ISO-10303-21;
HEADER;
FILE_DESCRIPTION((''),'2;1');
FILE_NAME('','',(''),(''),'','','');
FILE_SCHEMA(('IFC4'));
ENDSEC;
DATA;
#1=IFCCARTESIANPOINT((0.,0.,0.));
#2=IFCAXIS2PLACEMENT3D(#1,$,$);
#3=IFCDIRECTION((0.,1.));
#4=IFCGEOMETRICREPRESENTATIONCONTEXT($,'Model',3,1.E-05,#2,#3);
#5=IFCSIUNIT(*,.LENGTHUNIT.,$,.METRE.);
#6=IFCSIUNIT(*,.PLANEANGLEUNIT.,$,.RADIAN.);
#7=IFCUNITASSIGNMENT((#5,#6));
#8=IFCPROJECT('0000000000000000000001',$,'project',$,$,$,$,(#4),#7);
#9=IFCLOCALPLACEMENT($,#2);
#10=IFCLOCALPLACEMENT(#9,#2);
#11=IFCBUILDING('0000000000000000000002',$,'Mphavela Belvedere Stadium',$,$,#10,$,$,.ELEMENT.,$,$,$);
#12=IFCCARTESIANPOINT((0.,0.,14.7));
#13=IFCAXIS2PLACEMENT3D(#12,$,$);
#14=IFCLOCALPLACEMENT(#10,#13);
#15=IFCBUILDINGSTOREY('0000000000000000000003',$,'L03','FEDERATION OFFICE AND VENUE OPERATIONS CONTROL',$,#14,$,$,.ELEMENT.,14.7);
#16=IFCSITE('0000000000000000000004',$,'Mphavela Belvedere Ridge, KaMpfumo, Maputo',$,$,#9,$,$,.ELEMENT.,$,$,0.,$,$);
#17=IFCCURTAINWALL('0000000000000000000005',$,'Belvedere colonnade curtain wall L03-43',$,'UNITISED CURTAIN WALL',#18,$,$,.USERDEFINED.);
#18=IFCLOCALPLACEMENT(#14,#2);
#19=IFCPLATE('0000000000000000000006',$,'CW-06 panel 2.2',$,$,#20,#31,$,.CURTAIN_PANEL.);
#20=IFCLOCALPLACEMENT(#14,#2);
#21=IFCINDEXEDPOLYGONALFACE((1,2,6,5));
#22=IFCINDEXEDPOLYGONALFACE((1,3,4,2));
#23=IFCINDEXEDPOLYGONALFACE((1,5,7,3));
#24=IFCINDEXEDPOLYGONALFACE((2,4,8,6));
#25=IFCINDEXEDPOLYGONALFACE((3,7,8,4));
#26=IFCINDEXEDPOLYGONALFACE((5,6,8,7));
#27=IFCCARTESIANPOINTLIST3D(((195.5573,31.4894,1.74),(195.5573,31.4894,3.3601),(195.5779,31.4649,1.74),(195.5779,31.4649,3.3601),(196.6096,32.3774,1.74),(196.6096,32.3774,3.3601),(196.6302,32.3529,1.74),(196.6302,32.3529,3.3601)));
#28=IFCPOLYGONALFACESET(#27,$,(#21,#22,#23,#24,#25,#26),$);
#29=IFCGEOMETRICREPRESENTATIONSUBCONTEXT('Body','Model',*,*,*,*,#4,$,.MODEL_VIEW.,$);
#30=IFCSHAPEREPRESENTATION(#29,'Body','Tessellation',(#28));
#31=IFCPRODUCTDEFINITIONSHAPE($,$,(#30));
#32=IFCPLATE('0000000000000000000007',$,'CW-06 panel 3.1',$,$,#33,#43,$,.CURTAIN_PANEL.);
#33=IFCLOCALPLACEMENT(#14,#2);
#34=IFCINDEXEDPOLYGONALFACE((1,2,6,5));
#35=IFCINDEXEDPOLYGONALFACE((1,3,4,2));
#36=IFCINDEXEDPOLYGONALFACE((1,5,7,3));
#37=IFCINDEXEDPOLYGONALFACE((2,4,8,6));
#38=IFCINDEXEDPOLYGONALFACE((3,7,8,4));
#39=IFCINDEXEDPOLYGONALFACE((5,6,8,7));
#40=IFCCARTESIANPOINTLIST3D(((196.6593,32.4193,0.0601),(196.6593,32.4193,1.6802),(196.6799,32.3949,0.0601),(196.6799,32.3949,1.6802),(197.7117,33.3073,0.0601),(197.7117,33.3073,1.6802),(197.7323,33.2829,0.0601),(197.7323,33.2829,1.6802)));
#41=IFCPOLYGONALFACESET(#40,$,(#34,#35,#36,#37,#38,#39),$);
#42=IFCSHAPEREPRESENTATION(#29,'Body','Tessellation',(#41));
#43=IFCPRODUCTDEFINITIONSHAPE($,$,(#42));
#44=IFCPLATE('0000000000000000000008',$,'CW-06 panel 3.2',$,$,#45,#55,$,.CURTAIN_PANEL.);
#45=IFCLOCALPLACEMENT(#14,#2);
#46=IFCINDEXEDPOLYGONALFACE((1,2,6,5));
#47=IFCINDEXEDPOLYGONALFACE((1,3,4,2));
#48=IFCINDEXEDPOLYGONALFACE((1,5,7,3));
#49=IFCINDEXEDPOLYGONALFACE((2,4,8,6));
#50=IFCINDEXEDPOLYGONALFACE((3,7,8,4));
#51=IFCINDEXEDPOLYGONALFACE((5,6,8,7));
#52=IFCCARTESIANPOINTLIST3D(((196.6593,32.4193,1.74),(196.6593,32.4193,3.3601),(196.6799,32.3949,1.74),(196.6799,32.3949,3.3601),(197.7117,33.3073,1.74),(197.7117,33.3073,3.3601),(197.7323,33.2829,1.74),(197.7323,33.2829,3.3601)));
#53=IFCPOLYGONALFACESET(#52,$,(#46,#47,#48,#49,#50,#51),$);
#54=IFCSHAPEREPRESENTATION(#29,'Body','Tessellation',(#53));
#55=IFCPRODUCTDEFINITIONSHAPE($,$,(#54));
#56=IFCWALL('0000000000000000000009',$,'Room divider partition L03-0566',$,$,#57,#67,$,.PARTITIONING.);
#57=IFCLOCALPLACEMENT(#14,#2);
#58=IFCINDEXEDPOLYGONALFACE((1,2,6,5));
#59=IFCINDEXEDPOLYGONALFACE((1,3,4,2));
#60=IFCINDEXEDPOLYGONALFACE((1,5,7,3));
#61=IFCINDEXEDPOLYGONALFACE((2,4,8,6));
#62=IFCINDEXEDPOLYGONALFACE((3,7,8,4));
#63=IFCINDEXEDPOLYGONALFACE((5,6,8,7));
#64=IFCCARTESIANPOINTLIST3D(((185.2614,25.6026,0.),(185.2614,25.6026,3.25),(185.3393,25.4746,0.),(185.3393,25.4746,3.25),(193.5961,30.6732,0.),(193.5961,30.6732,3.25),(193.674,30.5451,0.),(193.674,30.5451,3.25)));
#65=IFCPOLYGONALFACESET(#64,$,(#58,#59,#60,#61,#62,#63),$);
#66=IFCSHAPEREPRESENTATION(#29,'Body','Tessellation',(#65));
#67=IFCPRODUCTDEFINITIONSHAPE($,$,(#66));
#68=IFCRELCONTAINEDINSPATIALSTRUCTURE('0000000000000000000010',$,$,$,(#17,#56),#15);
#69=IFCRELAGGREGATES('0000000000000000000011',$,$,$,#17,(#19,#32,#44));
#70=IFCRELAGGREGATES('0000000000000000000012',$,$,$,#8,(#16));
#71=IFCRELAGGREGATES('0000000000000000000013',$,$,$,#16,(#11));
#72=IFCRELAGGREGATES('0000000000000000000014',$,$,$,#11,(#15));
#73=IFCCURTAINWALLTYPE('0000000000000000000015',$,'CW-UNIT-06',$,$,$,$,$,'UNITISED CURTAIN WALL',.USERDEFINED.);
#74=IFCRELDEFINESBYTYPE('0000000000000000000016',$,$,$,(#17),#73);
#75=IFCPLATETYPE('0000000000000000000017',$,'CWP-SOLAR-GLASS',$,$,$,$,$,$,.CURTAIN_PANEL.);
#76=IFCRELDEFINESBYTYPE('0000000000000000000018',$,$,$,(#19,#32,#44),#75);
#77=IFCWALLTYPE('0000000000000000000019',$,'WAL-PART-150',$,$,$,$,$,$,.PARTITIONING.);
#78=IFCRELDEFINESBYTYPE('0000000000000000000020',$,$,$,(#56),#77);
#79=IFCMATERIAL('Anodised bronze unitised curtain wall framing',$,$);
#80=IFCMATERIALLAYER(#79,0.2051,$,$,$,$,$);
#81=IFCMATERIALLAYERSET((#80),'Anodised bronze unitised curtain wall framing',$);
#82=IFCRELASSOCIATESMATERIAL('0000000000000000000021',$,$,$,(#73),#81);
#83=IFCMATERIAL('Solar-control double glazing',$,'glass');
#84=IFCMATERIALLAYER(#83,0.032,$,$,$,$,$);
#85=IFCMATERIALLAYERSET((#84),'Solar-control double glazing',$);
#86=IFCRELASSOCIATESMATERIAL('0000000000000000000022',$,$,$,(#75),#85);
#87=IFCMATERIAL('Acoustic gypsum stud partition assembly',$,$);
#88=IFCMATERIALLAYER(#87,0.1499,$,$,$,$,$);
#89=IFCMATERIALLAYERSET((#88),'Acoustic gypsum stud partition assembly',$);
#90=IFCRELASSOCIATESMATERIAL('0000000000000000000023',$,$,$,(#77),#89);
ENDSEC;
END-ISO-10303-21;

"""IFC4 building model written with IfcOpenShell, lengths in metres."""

from ifc_helpers import new_model, si_unit, direction, frame, frame_2d, origin, origin_2d, place, context, subcontext, project, spatial, rectangle, extrude, material, layer, layer_set, type_object, element, aggregate, save


model = new_model("IFC4")

# Units and contexts
model_context = context("Model", 3, precision=1e-05, world=origin(), true_north=direction((0.0, 1.0)))
body_context = subcontext(model_context, "Body", "Model", "MODEL_VIEW")
ifc_project = project(units=[si_unit("LENGTHUNIT", "METRE"), si_unit("PLANEANGLEUNIT", "RADIAN")], contexts=[model_context])

# Site, building, storey
site_placement = place(None, origin())
site = spatial("IfcSite", under=ifc_project, at=site_placement, Name="Mphavela Belvedere Ridge, KaMpfumo, Maputo", CompositionType="ELEMENT", RefElevation=0.0)
building_placement = place(site_placement, origin())
building = spatial("IfcBuilding", under=site, at=building_placement, Name="Mphavela Belvedere Stadium", CompositionType="ELEMENT")
storey_placement = place(building_placement, frame((0.0, 0.0, 14.7)))
storey = spatial("IfcBuildingStorey", under=building, at=storey_placement, Name="L03", Description="FEDERATION OFFICE AND VENUE OPERATIONS CONTROL", CompositionType="ELEMENT", Elevation=14.7)

# Curtain wall
ifc_material_1 = material(Name="Anodised bronze unitised curtain wall framing")
ifc_layer_1 = layer(ifc_material_1, 0.2051)
ifc_layer_set_1 = layer_set([ifc_layer_1], Name="Anodised bronze unitised curtain wall framing")
curtain_wall_type_1 = type_object("IfcCurtainWallType", Name="CW-UNIT-06", ElementType="UNITISED CURTAIN WALL", PredefinedType="USERDEFINED", material=ifc_layer_set_1)
curtain_wall_1_placement = place(storey_placement, origin())
curtain_wall_1 = element("IfcCurtainWall", 1, at=curtain_wall_1_placement, inside=storey, type_object=curtain_wall_type_1, Name="Belvedere colonnade curtain wall L03-43", ObjectType="UNITISED CURTAIN WALL", PredefinedType="USERDEFINED")

# Plates
ifc_material_2 = material(Name="Solar-control double glazing", Category="glass")
ifc_layer_2 = layer(ifc_material_2, 0.032)
ifc_layer_set_2 = layer_set([ifc_layer_2], Name="Solar-control double glazing")
plate_type = type_object("IfcPlateType", Name="CWP-SOLAR-GLASS", PredefinedType="CURTAIN_PANEL", material=ifc_layer_set_2)
plate_1_placement = place(storey_placement, frame((196.0938, 31.9211, 1.74), z_axis=(0.0, 0.0, 1.0), x_axis=(0.764263, 0.644905, 0.0)))
plate_1 = element("IfcPlate", 2, at=plate_1_placement, type_object=plate_type, Name="CW-06 panel 2.2", PredefinedType="CURTAIN_PANEL", context=body_context, shape_type="SweptSolid", body=[
    extrude(rectangle(XDim=1.377, YDim=0.032, at=origin_2d()), origin(), (0.0, 0.0, 1.0), 1.6201),
])
plate_2_placement = place(storey_placement, frame((197.1958, 32.8511, 0.0601), z_axis=(0.0, 0.0, 1.0), x_axis=(0.764263, 0.644905, 0.0)))
plate_2 = element("IfcPlate", 3, at=plate_2_placement, type_object=plate_type, Name="CW-06 panel 3.1", PredefinedType="CURTAIN_PANEL", context=body_context, shape_type="SweptSolid", body=[
    extrude(rectangle(XDim=1.377, YDim=0.032, at=origin_2d()), origin(), (0.0, 0.0, 1.0), 1.6201),
])
plate_3_placement = place(storey_placement, frame((197.1958, 32.8511, 1.74), z_axis=(0.0, 0.0, 1.0), x_axis=(0.764263, 0.644905, 0.0)))
plate_3 = element("IfcPlate", 4, at=plate_3_placement, type_object=plate_type, Name="CW-06 panel 3.2", PredefinedType="CURTAIN_PANEL", context=body_context, shape_type="SweptSolid", body=[
    extrude(rectangle(XDim=1.377, YDim=0.032, at=origin_2d()), origin(), (0.0, 0.0, 1.0), 1.6201),
])
aggregate(curtain_wall_1, [plate_1, plate_2, plate_3])

# Wall
ifc_material_3 = material(Name="Acoustic gypsum stud partition assembly")
ifc_layer_3 = layer(ifc_material_3, 0.1499)
ifc_layer_set_3 = layer_set([ifc_layer_3], Name="Acoustic gypsum stud partition assembly")
wall_type = type_object("IfcWallType", Name="WAL-PART-150", PredefinedType="PARTITIONING", material=ifc_layer_set_3)
wall_placement = place(storey_placement, frame((193.635, 30.6091, 0.0), z_axis=(0.0, 0.0, 1.0), x_axis=(-0.854324, -0.519741, 0.0)))
element("IfcWall", 5, at=wall_placement, inside=storey, type_object=wall_type, Name="Room divider partition L03-0566", PredefinedType="PARTITIONING", context=body_context, shape_type="SweptSolid", body=[
    extrude(rectangle(XDim=9.7559, YDim=0.1499, at=frame_2d((4.8779, 0.0))), origin(), (0.0, 0.0, 1.0), 3.25),
])

save(model, "model.ifc")
